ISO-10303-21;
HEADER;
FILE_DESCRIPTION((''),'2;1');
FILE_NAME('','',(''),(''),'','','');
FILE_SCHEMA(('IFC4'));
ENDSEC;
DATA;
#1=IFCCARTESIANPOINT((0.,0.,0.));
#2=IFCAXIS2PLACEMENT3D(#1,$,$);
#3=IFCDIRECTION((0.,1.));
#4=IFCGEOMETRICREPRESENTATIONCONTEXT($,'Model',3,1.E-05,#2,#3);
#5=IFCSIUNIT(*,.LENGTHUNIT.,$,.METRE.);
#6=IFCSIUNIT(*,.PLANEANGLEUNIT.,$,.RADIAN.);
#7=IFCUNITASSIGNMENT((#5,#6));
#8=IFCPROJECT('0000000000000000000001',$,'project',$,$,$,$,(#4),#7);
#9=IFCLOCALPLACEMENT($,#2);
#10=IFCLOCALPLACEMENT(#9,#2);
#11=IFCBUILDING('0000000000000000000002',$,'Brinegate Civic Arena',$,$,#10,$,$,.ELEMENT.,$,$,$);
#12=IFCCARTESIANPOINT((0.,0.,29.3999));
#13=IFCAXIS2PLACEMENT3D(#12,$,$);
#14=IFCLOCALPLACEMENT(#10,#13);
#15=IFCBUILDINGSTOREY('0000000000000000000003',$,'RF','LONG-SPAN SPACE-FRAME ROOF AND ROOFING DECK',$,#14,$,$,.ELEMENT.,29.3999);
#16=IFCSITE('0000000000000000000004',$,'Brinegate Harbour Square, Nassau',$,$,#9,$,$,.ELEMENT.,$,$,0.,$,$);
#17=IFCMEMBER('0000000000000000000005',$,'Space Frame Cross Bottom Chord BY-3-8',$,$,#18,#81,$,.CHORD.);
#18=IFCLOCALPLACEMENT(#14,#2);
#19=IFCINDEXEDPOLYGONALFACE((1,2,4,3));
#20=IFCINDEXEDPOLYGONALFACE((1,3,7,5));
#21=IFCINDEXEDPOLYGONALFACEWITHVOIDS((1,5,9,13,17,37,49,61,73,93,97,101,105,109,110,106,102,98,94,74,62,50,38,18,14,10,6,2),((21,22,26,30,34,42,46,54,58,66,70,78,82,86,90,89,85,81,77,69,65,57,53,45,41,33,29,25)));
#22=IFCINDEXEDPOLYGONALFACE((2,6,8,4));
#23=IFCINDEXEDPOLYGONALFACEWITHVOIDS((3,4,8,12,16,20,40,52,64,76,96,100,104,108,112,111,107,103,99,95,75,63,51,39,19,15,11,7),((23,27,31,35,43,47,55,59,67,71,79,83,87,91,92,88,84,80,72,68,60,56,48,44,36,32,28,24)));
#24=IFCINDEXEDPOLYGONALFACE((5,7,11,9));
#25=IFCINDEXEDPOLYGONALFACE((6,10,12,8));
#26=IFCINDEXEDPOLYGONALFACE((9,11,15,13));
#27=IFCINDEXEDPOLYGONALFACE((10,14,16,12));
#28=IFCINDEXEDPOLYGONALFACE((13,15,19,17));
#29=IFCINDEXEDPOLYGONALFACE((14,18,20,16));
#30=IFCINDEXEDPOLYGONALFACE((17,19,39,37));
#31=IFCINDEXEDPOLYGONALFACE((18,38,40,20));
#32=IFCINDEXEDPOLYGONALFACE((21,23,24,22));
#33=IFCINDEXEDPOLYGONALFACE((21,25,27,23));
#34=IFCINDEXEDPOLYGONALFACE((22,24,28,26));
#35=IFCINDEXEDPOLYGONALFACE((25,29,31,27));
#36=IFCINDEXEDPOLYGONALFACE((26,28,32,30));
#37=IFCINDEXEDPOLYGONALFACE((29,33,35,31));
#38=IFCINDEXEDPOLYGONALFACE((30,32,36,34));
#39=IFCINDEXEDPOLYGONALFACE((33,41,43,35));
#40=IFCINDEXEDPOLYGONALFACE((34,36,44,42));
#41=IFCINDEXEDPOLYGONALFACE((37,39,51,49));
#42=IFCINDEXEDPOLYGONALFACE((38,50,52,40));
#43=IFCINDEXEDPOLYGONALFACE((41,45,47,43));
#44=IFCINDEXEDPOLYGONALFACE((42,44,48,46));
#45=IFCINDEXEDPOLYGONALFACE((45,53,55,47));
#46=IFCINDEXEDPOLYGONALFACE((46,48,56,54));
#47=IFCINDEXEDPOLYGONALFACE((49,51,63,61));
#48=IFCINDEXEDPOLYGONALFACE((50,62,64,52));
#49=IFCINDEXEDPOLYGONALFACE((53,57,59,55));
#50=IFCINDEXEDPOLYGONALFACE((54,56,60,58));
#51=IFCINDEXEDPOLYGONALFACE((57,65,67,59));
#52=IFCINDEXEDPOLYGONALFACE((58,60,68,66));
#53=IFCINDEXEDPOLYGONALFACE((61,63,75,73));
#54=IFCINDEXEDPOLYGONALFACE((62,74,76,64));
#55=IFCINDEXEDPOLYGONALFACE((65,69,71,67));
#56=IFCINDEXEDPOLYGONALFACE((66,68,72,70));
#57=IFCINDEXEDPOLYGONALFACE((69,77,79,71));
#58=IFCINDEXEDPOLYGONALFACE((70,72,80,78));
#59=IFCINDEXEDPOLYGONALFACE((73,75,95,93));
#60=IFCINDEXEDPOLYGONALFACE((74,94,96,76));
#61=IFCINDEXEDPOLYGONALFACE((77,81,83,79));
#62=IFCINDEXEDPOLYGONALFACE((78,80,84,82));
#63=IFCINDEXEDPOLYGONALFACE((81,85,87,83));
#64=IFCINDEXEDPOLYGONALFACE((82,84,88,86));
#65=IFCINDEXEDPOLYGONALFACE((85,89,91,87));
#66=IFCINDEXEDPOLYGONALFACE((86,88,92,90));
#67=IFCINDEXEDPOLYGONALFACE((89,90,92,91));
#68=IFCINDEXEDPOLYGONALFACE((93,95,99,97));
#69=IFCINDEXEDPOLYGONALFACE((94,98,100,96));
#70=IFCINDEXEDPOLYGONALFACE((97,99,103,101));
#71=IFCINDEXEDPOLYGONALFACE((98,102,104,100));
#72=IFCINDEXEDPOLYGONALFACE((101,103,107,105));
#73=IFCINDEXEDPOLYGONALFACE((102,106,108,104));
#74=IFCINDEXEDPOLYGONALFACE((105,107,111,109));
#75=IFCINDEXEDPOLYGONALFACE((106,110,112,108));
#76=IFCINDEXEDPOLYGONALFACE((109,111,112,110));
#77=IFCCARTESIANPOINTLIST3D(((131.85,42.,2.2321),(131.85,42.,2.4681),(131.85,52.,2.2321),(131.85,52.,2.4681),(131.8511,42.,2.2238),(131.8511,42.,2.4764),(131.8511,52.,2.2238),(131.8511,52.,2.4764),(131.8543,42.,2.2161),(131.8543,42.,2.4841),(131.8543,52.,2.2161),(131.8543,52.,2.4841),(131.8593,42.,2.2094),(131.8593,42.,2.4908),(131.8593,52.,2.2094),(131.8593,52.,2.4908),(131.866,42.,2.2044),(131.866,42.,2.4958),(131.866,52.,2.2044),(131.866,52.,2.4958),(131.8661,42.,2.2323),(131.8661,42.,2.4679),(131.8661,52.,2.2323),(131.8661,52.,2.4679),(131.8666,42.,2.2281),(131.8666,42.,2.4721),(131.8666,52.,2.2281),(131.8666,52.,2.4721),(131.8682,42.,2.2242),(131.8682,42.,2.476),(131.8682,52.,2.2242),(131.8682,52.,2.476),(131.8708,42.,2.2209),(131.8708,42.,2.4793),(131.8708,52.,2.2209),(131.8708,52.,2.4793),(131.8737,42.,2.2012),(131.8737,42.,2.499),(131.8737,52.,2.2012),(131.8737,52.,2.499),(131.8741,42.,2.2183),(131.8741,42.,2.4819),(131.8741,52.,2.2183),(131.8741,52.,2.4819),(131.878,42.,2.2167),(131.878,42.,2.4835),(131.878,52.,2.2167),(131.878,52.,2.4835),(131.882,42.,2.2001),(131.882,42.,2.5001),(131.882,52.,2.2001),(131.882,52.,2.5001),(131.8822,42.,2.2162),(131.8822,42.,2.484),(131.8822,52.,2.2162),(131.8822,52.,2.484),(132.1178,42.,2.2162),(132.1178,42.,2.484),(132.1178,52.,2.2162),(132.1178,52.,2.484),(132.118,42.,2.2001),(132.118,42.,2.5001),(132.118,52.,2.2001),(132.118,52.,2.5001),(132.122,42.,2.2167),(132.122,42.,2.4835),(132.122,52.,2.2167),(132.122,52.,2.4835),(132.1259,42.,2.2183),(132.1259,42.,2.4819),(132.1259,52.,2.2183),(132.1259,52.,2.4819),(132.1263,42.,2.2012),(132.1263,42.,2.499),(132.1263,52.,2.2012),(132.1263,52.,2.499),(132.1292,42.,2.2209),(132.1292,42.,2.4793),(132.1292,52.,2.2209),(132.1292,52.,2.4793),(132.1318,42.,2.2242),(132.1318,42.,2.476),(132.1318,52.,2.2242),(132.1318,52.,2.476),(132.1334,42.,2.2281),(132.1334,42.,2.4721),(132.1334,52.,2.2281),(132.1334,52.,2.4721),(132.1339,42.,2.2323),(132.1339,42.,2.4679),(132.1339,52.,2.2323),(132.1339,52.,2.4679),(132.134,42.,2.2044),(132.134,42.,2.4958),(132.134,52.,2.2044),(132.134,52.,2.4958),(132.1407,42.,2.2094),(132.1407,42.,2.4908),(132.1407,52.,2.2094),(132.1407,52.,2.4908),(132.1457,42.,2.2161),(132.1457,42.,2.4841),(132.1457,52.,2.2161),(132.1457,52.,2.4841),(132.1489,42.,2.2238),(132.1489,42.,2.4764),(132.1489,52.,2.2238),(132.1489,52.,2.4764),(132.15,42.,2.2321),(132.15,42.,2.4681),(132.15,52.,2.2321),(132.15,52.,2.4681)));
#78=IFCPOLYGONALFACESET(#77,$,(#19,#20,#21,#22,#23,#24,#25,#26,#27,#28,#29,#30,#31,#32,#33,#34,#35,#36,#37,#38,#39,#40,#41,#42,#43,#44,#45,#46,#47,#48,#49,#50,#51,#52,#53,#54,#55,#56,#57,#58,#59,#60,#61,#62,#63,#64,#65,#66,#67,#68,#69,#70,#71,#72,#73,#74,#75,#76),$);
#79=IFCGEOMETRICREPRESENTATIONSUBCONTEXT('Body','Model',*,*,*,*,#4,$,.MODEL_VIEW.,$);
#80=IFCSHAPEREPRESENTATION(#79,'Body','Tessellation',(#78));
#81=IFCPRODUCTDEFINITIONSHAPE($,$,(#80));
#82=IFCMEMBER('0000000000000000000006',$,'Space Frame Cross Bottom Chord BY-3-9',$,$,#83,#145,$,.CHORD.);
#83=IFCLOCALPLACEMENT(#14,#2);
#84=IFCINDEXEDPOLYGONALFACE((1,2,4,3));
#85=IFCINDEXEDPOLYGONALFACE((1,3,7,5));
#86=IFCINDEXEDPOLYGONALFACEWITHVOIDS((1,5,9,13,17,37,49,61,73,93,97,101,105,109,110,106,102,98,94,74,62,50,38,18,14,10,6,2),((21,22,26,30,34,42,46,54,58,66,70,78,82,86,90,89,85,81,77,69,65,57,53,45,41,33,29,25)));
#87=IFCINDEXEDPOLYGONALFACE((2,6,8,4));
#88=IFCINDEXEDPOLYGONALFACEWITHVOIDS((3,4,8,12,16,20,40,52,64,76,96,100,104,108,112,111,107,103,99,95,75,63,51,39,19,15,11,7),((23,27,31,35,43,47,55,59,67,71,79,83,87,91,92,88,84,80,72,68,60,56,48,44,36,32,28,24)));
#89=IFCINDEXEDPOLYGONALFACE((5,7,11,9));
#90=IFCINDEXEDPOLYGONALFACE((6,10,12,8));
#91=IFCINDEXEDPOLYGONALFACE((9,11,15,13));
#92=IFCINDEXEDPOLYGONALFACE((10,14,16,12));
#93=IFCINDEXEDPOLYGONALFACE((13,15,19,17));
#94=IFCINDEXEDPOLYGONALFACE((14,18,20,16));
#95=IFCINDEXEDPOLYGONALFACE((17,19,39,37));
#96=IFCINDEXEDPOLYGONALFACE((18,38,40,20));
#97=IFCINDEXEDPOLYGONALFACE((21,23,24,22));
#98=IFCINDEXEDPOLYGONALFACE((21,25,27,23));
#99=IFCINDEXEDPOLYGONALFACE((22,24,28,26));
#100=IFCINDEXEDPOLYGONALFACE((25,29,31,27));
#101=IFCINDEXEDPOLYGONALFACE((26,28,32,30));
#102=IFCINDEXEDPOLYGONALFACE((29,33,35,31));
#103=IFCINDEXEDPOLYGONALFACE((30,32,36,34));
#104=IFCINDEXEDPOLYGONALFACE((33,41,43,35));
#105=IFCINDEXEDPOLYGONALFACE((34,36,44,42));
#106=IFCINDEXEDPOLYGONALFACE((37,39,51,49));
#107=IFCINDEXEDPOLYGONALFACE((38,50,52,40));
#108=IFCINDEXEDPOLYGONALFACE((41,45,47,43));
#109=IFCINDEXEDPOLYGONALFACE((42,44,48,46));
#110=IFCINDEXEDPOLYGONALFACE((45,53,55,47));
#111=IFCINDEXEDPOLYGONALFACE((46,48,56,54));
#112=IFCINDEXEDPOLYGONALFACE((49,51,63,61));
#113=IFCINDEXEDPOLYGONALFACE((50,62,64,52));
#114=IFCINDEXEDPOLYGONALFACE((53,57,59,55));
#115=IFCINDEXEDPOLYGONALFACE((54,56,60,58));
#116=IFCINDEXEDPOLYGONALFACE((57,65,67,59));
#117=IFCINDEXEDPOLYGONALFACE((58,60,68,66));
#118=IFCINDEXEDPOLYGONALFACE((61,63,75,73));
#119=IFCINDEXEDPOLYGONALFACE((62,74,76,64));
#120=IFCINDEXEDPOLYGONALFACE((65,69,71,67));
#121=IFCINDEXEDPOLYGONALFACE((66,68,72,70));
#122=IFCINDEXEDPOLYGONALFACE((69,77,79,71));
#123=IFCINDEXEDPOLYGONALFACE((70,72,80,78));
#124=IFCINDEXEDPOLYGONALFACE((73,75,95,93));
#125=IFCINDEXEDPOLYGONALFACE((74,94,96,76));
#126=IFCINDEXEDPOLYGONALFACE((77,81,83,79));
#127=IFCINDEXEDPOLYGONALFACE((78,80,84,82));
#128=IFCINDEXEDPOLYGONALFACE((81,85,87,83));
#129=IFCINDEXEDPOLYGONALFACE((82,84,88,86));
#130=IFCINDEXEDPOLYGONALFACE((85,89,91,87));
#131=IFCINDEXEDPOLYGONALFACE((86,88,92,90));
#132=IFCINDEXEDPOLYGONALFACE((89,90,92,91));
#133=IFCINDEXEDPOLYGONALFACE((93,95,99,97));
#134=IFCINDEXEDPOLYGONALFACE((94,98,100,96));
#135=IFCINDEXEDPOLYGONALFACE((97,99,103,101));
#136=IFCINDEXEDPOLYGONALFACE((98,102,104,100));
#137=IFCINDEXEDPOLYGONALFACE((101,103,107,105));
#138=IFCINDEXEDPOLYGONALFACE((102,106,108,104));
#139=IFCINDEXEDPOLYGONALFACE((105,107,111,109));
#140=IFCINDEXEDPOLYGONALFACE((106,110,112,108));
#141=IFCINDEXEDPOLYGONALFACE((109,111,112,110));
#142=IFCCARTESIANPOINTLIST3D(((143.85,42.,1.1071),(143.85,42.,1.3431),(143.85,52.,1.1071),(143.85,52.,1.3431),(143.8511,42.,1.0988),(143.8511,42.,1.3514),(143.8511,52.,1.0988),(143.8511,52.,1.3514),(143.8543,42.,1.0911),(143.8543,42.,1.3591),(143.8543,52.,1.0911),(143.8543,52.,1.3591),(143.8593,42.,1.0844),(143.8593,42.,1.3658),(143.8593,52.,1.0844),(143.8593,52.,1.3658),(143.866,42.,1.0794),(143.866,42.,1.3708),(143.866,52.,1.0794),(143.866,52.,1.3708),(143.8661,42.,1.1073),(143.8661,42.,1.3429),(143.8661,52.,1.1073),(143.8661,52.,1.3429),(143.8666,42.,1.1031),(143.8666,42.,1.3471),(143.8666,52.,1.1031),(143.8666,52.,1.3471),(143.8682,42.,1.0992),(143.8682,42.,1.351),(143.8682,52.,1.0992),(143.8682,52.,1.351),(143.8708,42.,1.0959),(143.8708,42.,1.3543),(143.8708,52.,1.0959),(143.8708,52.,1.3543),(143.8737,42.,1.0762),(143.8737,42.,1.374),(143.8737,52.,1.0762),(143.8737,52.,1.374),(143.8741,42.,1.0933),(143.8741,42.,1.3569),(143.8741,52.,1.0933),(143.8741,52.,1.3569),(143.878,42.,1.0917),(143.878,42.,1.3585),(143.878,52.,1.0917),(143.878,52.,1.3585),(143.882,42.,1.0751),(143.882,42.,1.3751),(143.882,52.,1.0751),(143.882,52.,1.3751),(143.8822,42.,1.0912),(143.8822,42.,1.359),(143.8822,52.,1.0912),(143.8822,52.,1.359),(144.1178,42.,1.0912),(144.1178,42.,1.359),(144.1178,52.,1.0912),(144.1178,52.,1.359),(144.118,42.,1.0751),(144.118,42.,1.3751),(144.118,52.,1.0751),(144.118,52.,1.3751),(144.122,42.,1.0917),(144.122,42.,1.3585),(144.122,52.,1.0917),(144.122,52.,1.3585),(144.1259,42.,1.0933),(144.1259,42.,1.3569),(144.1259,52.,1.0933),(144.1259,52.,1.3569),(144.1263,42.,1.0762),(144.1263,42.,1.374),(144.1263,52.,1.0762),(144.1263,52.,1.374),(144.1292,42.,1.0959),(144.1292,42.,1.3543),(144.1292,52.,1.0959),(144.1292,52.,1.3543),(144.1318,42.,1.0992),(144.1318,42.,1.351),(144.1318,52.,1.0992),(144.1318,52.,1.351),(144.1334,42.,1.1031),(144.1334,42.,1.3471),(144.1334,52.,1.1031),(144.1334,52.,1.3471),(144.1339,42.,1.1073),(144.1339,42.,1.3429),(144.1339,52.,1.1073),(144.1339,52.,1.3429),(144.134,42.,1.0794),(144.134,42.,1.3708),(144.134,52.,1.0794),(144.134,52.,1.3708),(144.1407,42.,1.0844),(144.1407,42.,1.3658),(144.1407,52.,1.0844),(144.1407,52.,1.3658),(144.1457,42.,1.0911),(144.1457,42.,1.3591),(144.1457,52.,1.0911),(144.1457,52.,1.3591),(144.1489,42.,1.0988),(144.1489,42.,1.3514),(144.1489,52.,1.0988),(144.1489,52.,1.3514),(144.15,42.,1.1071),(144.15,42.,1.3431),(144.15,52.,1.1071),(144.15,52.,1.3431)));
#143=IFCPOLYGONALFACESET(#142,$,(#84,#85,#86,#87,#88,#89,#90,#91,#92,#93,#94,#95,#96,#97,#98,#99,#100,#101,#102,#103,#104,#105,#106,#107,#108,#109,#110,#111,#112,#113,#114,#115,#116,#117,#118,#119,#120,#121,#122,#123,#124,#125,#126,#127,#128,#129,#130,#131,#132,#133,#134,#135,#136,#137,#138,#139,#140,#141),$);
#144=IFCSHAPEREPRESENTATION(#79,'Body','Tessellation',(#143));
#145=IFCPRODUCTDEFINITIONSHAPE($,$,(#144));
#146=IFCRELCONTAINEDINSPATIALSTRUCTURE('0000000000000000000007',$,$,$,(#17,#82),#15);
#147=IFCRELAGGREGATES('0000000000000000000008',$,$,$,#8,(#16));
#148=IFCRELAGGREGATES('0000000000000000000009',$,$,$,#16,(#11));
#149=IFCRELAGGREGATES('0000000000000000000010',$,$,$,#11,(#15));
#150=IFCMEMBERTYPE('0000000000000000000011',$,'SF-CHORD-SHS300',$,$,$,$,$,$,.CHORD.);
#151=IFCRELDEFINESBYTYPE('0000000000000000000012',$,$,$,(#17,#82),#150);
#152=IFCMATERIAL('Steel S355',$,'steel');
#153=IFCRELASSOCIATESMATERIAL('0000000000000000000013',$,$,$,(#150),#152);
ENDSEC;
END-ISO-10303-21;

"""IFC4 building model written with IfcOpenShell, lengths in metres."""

from ifc_helpers import new_model, si_unit, direction, frame, origin, origin_2d, place, context, subcontext, project, spatial, hollow_rectangle, extrude, material, material_profile, profile_set, type_object, element, save


model = new_model("IFC4")

# Units and contexts
model_context = context("Model", 3, precision=1e-05, world=origin(), true_north=direction((0.0, 1.0)))
body_context = subcontext(model_context, "Body", "Model", "MODEL_VIEW")
ifc_project = project(units=[si_unit("LENGTHUNIT", "METRE"), si_unit("PLANEANGLEUNIT", "RADIAN")], contexts=[model_context])

# Site, building, storey
site_placement = place(None, origin())
site = spatial("IfcSite", under=ifc_project, at=site_placement, Name="Brinegate Harbour Square, Nassau", CompositionType="ELEMENT", RefElevation=0.0)
building_placement = place(site_placement, origin())
building = spatial("IfcBuilding", under=site, at=building_placement, Name="Brinegate Civic Arena", CompositionType="ELEMENT")
storey_placement = place(building_placement, frame((0.0, 0.0, 29.3999)))
storey = spatial("IfcBuildingStorey", under=building, at=storey_placement, Name="RF", Description="LONG-SPAN SPACE-FRAME ROOF AND ROOFING DECK", CompositionType="ELEMENT", Elevation=29.3999)

# Shared definitions
ifc_material_1 = material(Name="Steel S355", Category="steel")

# Members
ifc_material_profile_1 = material_profile(ifc_material_1, hollow_rectangle(XDim=0.3, YDim=0.3, WallThickness=0.0161, InnerFilletRadius=0.0161, OuterFilletRadius=0.032, at=origin_2d()), Name="SHS300X16")
ifc_profile_set_1 = profile_set([ifc_material_profile_1], Name="Steel S355")
member_type_1 = type_object("IfcMemberType", Name="SF-CHORD-SHS300", PredefinedType="CHORD", material=ifc_profile_set_1)
for number, where, z_axis, x_axis, name in (
    (1, (132.0, 42.0, 2.3501), (0.0, 1.0, 0.0), (-1.0, 0.0, 0.0), "Space Frame Cross Bottom Chord BY-3-8"),
    (2, (144.0, 42.0, 1.2251), (0.0, 1.0, 0.0), (-1.0, 0.0, 0.0), "Space Frame Cross Bottom Chord BY-3-9"),
):
    element("IfcMember", number, at=place(storey_placement, frame(where, z_axis=z_axis, x_axis=x_axis)), inside=storey, type_object=member_type_1, Name=name, PredefinedType="CHORD", context=body_context, shape_type="SweptSolid", body=[
        extrude(hollow_rectangle(XDim=0.3, YDim=0.3, WallThickness=0.0161, InnerFilletRadius=0.0161, OuterFilletRadius=0.032, at=origin_2d()), origin(), (0.0, 0.0, 1.0), 10.0),
    ])

save(model, "model.ifc")
